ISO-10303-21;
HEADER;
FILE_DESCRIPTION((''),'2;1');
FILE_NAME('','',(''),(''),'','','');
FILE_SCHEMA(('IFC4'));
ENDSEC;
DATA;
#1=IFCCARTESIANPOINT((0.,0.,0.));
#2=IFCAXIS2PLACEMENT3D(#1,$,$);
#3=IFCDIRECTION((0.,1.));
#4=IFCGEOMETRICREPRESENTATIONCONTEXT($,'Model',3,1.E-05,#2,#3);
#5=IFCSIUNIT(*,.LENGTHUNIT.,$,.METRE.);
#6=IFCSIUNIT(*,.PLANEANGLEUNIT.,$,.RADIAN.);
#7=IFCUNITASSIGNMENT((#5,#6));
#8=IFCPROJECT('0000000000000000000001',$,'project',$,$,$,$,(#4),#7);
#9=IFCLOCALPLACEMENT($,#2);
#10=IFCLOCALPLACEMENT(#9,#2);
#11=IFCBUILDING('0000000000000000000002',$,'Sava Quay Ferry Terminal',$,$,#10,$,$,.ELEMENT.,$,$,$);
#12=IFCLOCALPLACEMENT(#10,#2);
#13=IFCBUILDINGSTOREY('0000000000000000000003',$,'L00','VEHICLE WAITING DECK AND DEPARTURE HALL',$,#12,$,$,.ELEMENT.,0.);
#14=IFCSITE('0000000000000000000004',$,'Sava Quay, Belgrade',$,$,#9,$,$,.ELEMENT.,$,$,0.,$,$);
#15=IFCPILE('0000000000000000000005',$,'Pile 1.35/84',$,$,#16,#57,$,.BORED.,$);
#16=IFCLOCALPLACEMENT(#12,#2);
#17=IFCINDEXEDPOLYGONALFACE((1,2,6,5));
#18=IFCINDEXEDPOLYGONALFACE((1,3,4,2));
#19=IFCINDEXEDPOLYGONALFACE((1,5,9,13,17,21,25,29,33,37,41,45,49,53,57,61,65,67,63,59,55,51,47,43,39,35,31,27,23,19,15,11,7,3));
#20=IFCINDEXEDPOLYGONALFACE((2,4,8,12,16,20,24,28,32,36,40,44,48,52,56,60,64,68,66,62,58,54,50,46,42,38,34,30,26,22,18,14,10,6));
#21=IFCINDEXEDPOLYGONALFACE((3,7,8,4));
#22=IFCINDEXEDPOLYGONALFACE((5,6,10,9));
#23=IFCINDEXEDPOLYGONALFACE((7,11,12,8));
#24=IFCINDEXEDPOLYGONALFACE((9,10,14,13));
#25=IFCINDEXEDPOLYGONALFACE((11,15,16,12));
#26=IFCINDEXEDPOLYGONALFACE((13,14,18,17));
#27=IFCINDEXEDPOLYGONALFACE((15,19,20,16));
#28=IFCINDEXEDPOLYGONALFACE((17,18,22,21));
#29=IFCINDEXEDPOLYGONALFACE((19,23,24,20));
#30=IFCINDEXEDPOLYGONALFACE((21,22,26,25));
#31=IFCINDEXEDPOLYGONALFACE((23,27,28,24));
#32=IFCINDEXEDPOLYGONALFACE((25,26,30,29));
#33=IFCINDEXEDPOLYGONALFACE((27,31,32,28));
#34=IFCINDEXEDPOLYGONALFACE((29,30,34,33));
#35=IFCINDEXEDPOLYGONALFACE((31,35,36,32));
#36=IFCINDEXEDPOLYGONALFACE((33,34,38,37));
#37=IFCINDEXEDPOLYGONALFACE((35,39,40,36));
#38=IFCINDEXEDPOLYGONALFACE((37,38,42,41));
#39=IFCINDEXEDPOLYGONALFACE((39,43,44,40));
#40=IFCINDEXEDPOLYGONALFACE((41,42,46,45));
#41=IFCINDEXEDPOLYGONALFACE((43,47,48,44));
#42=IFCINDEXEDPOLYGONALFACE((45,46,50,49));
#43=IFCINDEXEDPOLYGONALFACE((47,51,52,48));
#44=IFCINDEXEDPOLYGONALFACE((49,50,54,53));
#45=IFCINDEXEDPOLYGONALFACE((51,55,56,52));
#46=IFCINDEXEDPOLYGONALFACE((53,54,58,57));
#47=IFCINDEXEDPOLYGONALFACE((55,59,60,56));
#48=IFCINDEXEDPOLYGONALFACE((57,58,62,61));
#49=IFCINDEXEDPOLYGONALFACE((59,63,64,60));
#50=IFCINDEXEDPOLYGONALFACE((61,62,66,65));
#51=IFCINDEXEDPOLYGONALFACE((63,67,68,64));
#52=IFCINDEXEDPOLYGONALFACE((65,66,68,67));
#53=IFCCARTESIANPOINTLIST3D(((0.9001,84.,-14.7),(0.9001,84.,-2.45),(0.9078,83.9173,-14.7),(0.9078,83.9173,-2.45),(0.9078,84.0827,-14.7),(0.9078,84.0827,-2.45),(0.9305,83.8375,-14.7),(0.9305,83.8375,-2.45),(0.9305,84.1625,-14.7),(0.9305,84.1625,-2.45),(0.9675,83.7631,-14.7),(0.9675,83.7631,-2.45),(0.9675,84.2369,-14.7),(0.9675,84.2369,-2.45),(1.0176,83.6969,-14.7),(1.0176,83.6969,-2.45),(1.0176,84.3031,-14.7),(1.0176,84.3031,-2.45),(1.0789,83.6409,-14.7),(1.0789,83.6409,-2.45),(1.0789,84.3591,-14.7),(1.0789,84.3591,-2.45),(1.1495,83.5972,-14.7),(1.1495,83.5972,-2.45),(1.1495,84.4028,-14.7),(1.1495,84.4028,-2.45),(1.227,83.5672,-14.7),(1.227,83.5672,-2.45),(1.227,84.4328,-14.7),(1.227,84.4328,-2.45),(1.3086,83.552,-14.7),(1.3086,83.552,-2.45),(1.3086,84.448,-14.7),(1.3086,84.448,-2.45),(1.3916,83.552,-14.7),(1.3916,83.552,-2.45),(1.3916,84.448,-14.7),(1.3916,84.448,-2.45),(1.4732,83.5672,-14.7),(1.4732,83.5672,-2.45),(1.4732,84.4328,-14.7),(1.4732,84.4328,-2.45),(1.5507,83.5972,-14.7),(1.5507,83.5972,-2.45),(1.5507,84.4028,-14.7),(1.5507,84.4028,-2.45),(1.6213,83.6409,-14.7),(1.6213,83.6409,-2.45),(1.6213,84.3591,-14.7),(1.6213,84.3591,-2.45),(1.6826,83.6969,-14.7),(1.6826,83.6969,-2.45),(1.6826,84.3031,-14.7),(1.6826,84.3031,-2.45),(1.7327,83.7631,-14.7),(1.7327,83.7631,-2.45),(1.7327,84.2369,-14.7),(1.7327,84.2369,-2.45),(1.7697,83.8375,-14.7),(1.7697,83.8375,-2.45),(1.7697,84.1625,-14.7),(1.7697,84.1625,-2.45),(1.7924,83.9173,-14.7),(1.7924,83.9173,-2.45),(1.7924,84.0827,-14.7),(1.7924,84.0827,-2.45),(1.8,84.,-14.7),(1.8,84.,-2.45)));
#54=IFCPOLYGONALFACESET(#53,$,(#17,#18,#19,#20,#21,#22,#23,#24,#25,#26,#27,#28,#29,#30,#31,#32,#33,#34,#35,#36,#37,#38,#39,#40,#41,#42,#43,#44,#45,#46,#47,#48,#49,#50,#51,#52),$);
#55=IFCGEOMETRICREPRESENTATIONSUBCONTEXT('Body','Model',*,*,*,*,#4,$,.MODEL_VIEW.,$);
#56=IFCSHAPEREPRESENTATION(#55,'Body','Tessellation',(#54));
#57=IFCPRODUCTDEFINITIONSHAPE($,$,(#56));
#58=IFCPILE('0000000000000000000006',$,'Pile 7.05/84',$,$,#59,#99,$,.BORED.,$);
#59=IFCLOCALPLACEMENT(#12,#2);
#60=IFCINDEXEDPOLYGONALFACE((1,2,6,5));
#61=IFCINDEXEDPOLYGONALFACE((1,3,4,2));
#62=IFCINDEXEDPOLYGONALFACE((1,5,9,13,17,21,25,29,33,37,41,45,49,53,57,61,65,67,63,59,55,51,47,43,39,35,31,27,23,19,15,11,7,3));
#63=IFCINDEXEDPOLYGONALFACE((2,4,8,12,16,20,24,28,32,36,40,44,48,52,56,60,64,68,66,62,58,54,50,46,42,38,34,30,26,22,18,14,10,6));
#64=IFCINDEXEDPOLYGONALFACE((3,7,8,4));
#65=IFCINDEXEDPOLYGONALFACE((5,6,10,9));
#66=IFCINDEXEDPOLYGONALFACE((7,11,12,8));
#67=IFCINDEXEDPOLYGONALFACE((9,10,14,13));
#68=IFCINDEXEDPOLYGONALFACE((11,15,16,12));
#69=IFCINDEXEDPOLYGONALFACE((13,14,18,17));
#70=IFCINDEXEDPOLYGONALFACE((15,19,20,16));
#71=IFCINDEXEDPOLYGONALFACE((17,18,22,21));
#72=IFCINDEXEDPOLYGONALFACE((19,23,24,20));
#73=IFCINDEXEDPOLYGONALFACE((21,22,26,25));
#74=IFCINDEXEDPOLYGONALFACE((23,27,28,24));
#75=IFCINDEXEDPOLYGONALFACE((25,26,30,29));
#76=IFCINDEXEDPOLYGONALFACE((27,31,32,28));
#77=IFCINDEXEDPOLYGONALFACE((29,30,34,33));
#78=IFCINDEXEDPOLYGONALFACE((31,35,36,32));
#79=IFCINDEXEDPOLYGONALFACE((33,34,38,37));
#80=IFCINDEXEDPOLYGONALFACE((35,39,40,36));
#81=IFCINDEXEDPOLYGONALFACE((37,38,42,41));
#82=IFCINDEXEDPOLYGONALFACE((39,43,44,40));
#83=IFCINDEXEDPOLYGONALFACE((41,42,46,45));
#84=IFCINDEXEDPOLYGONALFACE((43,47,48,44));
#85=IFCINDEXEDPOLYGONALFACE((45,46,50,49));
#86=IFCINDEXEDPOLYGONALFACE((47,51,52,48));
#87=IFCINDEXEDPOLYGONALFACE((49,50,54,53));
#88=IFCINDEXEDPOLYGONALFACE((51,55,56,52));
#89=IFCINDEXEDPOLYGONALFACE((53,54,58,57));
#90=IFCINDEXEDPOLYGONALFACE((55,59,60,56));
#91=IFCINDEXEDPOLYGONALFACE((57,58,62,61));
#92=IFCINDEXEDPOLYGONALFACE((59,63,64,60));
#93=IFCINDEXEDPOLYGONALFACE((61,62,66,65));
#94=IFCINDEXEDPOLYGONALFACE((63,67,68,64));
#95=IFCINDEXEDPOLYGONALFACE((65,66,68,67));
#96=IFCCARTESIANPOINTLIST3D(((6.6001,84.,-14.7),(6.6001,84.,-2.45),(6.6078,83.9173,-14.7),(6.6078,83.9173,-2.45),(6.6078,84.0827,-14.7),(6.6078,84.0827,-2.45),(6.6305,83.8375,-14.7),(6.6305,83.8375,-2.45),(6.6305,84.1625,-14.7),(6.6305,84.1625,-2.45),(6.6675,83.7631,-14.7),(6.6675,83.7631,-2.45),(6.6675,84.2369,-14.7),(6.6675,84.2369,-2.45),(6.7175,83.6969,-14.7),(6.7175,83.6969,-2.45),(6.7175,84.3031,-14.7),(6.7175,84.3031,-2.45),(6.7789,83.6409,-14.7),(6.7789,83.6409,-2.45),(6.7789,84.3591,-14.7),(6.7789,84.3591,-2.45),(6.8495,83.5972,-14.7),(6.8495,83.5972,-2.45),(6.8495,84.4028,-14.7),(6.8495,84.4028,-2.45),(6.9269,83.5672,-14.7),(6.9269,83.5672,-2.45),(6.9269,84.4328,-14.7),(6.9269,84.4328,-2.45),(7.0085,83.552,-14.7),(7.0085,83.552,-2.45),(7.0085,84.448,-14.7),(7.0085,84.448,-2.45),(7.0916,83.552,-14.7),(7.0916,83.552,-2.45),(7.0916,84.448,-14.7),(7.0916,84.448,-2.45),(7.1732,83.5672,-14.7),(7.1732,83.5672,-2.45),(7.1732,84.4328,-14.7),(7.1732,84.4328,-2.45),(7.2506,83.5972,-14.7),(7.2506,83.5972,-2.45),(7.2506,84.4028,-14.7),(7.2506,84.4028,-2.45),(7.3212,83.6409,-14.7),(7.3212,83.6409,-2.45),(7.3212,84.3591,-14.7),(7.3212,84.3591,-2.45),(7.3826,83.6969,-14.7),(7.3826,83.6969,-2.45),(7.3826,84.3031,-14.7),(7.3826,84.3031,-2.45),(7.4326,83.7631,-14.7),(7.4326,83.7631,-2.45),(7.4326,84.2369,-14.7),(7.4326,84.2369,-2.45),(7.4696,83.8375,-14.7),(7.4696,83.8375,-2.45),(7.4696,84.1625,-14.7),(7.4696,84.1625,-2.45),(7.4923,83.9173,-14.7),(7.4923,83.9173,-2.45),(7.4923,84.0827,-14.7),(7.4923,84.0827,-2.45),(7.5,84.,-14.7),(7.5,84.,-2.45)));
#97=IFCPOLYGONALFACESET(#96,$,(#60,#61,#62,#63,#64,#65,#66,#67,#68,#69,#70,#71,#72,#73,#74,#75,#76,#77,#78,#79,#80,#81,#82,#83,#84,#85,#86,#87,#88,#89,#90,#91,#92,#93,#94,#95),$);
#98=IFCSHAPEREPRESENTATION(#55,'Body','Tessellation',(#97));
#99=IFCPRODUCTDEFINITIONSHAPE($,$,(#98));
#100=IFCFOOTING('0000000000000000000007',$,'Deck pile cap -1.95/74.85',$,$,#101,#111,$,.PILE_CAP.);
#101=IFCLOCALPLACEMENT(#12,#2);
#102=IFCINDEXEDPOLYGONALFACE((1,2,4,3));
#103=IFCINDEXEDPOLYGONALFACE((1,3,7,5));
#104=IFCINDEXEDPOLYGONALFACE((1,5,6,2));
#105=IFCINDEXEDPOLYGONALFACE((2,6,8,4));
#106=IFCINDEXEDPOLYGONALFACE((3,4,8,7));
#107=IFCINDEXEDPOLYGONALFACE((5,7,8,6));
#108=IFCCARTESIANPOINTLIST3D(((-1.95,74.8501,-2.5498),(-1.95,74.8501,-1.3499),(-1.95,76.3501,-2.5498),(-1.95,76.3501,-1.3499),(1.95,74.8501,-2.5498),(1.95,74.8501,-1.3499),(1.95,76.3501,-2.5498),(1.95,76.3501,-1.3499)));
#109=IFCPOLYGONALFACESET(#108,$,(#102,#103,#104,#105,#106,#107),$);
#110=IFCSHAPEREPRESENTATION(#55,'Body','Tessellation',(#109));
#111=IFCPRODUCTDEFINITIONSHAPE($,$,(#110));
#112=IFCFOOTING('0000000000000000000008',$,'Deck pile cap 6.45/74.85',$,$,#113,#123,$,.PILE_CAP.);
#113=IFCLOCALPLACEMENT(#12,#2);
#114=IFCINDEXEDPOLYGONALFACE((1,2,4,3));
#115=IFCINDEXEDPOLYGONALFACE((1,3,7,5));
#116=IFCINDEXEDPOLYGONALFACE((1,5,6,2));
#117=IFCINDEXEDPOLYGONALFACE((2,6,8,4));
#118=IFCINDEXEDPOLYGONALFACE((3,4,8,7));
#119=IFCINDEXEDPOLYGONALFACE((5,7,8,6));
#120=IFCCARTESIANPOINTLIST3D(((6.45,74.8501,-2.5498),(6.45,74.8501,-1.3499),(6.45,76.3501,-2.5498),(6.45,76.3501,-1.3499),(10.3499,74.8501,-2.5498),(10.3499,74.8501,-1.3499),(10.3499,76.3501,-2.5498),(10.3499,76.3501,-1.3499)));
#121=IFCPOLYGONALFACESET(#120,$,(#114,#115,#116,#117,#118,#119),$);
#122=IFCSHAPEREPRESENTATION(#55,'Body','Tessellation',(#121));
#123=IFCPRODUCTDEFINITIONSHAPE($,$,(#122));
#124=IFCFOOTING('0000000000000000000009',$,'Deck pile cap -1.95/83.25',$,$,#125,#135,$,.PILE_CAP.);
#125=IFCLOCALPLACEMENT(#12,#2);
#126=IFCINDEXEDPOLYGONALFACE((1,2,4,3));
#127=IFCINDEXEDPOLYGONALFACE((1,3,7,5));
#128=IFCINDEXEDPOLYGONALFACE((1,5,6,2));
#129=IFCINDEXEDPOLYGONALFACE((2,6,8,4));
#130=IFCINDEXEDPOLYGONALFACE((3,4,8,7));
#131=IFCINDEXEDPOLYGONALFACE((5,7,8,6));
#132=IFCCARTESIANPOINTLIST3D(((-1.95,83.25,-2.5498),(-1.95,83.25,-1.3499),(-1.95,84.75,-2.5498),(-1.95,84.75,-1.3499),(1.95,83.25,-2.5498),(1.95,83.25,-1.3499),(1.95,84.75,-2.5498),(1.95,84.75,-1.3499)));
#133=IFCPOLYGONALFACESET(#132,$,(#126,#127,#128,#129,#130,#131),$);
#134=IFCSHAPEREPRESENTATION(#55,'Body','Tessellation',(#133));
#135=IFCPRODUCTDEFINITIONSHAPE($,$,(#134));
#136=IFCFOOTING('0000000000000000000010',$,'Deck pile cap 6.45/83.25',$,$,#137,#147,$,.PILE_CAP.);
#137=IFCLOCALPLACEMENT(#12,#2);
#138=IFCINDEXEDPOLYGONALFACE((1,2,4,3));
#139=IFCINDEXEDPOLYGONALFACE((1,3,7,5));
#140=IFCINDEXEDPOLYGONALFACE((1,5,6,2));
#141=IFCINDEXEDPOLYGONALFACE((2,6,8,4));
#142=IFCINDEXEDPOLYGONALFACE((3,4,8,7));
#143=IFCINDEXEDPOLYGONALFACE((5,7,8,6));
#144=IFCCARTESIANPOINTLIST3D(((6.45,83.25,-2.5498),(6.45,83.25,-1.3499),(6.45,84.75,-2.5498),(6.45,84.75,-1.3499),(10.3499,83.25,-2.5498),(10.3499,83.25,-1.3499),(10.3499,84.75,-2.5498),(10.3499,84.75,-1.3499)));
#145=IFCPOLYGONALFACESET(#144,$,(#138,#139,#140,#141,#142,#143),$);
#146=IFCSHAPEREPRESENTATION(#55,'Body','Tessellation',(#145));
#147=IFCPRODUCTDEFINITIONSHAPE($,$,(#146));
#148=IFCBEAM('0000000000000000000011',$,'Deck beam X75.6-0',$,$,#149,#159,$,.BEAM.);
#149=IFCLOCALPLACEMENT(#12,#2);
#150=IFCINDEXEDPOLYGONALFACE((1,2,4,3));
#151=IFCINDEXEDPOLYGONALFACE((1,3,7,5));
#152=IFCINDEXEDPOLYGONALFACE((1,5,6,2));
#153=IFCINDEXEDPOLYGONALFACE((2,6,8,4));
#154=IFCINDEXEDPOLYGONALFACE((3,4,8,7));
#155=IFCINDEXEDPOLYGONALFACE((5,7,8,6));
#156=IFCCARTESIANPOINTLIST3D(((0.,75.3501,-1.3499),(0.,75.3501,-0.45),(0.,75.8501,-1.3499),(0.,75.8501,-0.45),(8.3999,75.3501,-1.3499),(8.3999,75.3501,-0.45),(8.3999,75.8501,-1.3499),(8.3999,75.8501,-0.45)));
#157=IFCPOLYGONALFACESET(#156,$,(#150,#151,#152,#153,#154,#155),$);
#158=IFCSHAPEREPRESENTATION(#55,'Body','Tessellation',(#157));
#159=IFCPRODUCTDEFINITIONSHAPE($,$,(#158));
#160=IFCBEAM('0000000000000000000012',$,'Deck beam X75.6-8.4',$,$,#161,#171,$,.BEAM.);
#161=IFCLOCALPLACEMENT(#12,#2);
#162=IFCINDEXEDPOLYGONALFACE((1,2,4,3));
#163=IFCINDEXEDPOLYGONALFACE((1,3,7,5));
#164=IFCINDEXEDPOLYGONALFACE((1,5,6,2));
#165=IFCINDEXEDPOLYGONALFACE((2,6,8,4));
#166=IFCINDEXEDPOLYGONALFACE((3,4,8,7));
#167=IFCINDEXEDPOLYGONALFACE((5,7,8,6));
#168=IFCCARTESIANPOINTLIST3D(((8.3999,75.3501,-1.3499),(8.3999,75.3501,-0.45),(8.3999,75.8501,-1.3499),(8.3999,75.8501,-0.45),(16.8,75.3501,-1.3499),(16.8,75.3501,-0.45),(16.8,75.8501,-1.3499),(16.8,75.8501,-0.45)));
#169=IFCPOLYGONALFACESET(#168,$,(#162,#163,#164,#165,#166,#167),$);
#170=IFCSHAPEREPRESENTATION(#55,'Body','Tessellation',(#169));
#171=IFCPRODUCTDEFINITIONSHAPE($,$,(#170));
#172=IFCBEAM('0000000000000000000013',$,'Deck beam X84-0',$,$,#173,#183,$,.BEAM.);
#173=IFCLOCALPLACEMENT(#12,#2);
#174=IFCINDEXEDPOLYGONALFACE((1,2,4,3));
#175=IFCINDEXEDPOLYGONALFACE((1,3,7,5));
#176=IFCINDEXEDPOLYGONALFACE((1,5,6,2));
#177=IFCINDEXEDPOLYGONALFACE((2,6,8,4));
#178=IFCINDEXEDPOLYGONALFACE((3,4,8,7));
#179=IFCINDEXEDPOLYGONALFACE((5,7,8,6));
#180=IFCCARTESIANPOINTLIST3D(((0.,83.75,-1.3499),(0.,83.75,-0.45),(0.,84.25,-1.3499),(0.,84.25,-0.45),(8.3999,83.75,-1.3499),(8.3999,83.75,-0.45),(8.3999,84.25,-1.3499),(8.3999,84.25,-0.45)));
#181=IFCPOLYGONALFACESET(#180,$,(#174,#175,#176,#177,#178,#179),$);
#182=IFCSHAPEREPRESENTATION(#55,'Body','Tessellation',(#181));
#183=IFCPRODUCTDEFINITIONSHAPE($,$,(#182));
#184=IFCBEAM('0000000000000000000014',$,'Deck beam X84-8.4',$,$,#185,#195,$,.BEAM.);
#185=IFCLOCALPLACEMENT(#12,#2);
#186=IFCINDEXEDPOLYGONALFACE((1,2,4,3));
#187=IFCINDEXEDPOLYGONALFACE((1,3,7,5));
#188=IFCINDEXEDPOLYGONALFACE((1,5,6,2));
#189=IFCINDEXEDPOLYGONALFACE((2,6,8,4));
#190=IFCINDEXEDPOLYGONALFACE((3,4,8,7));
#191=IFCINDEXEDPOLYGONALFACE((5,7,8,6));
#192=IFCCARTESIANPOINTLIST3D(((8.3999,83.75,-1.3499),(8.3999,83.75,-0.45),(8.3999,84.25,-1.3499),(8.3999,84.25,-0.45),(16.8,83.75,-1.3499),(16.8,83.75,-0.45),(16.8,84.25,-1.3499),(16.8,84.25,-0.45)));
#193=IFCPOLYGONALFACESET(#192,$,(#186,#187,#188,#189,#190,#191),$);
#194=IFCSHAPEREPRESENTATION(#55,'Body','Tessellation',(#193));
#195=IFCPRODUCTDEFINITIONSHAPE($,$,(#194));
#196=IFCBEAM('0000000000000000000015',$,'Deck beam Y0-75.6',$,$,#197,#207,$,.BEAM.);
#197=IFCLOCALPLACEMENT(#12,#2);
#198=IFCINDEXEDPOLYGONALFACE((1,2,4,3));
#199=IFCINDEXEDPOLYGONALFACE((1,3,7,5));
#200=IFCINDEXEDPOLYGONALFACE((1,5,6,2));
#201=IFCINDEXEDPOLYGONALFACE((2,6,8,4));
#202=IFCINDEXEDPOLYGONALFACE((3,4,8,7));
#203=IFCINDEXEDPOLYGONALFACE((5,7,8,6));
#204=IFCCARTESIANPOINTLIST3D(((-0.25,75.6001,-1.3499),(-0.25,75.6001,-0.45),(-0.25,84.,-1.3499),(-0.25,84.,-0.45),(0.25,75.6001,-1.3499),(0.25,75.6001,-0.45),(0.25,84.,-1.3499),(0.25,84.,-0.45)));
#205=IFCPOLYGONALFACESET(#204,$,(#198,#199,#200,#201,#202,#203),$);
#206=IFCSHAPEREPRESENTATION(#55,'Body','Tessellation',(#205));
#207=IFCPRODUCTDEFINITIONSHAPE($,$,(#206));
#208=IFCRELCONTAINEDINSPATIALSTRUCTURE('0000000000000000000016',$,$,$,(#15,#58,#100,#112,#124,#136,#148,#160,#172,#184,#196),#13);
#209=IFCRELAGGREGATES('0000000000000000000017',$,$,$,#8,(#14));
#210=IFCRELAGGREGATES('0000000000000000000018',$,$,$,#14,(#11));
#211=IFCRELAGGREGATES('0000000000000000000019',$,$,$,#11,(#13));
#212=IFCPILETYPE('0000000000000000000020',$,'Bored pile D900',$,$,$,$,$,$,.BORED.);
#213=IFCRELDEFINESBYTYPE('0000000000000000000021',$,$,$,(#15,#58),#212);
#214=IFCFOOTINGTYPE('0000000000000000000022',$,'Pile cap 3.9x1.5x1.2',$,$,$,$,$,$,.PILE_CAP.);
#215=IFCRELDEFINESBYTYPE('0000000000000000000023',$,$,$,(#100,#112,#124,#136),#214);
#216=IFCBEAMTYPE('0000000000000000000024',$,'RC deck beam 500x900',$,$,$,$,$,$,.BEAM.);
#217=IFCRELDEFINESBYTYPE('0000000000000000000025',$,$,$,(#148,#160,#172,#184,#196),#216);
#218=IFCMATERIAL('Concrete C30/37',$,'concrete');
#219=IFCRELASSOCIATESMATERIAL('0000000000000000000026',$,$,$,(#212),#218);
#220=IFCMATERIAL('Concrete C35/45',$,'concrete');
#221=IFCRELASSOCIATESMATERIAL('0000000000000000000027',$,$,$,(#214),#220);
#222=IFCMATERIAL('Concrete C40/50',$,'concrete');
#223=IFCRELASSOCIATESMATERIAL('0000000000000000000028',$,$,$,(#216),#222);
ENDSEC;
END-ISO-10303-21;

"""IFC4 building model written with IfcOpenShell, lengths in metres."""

from ifc_helpers import new_model, si_unit, direction, frame, origin, origin_2d, place, context, subcontext, project, spatial, rectangle, circle, extrude, material, material_profile, profile_set, type_object, element, save


model = new_model("IFC4")

# Units and contexts
model_context = context("Model", 3, precision=1e-05, world=origin(), true_north=direction((0.0, 1.0)))
body_context = subcontext(model_context, "Body", "Model", "MODEL_VIEW")
ifc_project = project(units=[si_unit("LENGTHUNIT", "METRE"), si_unit("PLANEANGLEUNIT", "RADIAN")], contexts=[model_context])

# Site, building, storey
site_placement = place(None, origin())
site = spatial("IfcSite", under=ifc_project, at=site_placement, Name="Sava Quay, Belgrade", CompositionType="ELEMENT", RefElevation=0.0)
building_placement = place(site_placement, origin())
building = spatial("IfcBuilding", under=site, at=building_placement, Name="Sava Quay Ferry Terminal", CompositionType="ELEMENT")
storey_placement = place(building_placement, origin())
storey = spatial("IfcBuildingStorey", under=building, at=storey_placement, Name="L00", Description="VEHICLE WAITING DECK AND DEPARTURE HALL", CompositionType="ELEMENT", Elevation=0.0)

# Piles
ifc_material_1 = material(Name="Concrete C30/37", Category="concrete")
ifc_material_profile_1 = material_profile(ifc_material_1, circle(Radius=0.45, at=origin_2d()), Name="Bored pile D900")
ifc_profile_set_1 = profile_set([ifc_material_profile_1], Name="Concrete C30/37")
pile_type = type_object("IfcPileType", Name="Bored pile D900", PredefinedType="BORED", material=ifc_profile_set_1)
for number, where, z_axis, x_axis, name in (
    (1, (1.3501, 84.0, -2.45), (0.0, 0.0, -1.0), (1.0, 0.0, 0.0), "Pile 1.35/84"),
    (2, (7.05, 84.0, -2.45), (0.0, 0.0, -1.0), (1.0, 0.0, 0.0), "Pile 7.05/84"),
):
    element("IfcPile", number, at=place(storey_placement, frame(where, z_axis=z_axis, x_axis=x_axis)), inside=storey, type_object=pile_type, Name=name, PredefinedType="BORED", context=body_context, shape_type="SweptSolid", body=[
        extrude(circle(Radius=0.45, at=origin_2d()), origin(), (0.0, 0.0, 1.0), 12.25),
    ])

# Footings
ifc_material_2 = material(Name="Concrete C35/45", Category="concrete")
footing_type = type_object("IfcFootingType", Name="Pile cap 3.9x1.5x1.2", PredefinedType="PILE_CAP", material=ifc_material_2)
for number, where, z_axis, x_axis, name in (
    (3, (0.0, 75.6001, -2.5498), (0.0, 0.0, 1.0), (1.0, 0.0, 0.0), "Deck pile cap -1.95/74.85"),
    (4, (8.3999, 75.6001, -2.5498), (0.0, 0.0, 1.0), (1.0, 0.0, 0.0), "Deck pile cap 6.45/74.85"),
    (5, (0.0, 84.0, -2.5498), (0.0, 0.0, 1.0), (1.0, 0.0, 0.0), "Deck pile cap -1.95/83.25"),
    (6, (8.3999, 84.0, -2.5498), (0.0, 0.0, 1.0), (1.0, 0.0, 0.0), "Deck pile cap 6.45/83.25"),
):
    element("IfcFooting", number, at=place(storey_placement, frame(where, z_axis=z_axis, x_axis=x_axis)), inside=storey, type_object=footing_type, Name=name, PredefinedType="PILE_CAP", context=body_context, shape_type="SweptSolid", body=[
        extrude(rectangle(XDim=3.8999, YDim=1.5, at=origin_2d()), origin(), (0.0, 0.0, 1.0), 1.2),
    ])

# Beams
ifc_material_3 = material(Name="Concrete C40/50", Category="concrete")
ifc_material_profile_2 = material_profile(ifc_material_3, rectangle(XDim=0.5, YDim=0.8999, at=origin_2d()), Name="RC 500x900")
ifc_profile_set_2 = profile_set([ifc_material_profile_2], Name="Concrete C40/50")
beam_type = type_object("IfcBeamType", Name="RC deck beam 500x900", PredefinedType="BEAM", material=ifc_profile_set_2)
beam_1_placement = place(storey_placement, frame((0.0, 75.6001, -0.8999), z_axis=(1.0, 0.0, 0.0), x_axis=(0.0, 1.0, 0.0)))
element("IfcBeam", 7, at=beam_1_placement, inside=storey, type_object=beam_type, Name="Deck beam X75.6-0", PredefinedType="BEAM", context=body_context, shape_type="SweptSolid", body=[
    extrude(rectangle(XDim=0.5, YDim=0.8999, at=origin_2d()), origin(), (0.0, 0.0, 1.0), 8.3999),
])
beam_2_placement = place(storey_placement, frame((8.3999, 75.6001, -0.8999), z_axis=(1.0, 0.0, 0.0), x_axis=(0.0, 1.0, 0.0)))
element("IfcBeam", 8, at=beam_2_placement, inside=storey, type_object=beam_type, Name="Deck beam X75.6-8.4", PredefinedType="BEAM", context=body_context, shape_type="SweptSolid", body=[
    extrude(rectangle(XDim=0.5, YDim=0.8999, at=origin_2d()), origin(), (0.0, 0.0, 1.0), 8.4001),
])
beam_3_placement = place(storey_placement, frame((0.0, 84.0, -0.8999), z_axis=(1.0, 0.0, 0.0), x_axis=(0.0, 1.0, 0.0)))
element("IfcBeam", 9, at=beam_3_placement, inside=storey, type_object=beam_type, Name="Deck beam X84-0", PredefinedType="BEAM", context=body_context, shape_type="SweptSolid", body=[
    extrude(rectangle(XDim=0.5, YDim=0.8999, at=origin_2d()), origin(), (0.0, 0.0, 1.0), 8.3999),
])
beam_4_placement = place(storey_placement, frame((8.3999, 84.0, -0.8999), z_axis=(1.0, 0.0, 0.0), x_axis=(0.0, 1.0, 0.0)))
element("IfcBeam", 10, at=beam_4_placement, inside=storey, type_object=beam_type, Name="Deck beam X84-8.4", PredefinedType="BEAM", context=body_context, shape_type="SweptSolid", body=[
    extrude(rectangle(XDim=0.5, YDim=0.8999, at=origin_2d()), origin(), (0.0, 0.0, 1.0), 8.4001),
])
for number, where, z_axis, x_axis, name in (
    (11, (0.0, 75.6001, -0.8999), (0.0, 1.0, 0.0), (-1.0, 0.0, 0.0), "Deck beam Y0-75.6"),
):
    element("IfcBeam", number, at=place(storey_placement, frame(where, z_axis=z_axis, x_axis=x_axis)), inside=storey, type_object=beam_type, Name=name, PredefinedType="BEAM", context=body_context, shape_type="SweptSolid", body=[
        extrude(rectangle(XDim=0.5, YDim=0.8999, at=origin_2d()), origin(), (0.0, 0.0, 1.0), 8.3999),
    ])

save(model, "model.ifc")
